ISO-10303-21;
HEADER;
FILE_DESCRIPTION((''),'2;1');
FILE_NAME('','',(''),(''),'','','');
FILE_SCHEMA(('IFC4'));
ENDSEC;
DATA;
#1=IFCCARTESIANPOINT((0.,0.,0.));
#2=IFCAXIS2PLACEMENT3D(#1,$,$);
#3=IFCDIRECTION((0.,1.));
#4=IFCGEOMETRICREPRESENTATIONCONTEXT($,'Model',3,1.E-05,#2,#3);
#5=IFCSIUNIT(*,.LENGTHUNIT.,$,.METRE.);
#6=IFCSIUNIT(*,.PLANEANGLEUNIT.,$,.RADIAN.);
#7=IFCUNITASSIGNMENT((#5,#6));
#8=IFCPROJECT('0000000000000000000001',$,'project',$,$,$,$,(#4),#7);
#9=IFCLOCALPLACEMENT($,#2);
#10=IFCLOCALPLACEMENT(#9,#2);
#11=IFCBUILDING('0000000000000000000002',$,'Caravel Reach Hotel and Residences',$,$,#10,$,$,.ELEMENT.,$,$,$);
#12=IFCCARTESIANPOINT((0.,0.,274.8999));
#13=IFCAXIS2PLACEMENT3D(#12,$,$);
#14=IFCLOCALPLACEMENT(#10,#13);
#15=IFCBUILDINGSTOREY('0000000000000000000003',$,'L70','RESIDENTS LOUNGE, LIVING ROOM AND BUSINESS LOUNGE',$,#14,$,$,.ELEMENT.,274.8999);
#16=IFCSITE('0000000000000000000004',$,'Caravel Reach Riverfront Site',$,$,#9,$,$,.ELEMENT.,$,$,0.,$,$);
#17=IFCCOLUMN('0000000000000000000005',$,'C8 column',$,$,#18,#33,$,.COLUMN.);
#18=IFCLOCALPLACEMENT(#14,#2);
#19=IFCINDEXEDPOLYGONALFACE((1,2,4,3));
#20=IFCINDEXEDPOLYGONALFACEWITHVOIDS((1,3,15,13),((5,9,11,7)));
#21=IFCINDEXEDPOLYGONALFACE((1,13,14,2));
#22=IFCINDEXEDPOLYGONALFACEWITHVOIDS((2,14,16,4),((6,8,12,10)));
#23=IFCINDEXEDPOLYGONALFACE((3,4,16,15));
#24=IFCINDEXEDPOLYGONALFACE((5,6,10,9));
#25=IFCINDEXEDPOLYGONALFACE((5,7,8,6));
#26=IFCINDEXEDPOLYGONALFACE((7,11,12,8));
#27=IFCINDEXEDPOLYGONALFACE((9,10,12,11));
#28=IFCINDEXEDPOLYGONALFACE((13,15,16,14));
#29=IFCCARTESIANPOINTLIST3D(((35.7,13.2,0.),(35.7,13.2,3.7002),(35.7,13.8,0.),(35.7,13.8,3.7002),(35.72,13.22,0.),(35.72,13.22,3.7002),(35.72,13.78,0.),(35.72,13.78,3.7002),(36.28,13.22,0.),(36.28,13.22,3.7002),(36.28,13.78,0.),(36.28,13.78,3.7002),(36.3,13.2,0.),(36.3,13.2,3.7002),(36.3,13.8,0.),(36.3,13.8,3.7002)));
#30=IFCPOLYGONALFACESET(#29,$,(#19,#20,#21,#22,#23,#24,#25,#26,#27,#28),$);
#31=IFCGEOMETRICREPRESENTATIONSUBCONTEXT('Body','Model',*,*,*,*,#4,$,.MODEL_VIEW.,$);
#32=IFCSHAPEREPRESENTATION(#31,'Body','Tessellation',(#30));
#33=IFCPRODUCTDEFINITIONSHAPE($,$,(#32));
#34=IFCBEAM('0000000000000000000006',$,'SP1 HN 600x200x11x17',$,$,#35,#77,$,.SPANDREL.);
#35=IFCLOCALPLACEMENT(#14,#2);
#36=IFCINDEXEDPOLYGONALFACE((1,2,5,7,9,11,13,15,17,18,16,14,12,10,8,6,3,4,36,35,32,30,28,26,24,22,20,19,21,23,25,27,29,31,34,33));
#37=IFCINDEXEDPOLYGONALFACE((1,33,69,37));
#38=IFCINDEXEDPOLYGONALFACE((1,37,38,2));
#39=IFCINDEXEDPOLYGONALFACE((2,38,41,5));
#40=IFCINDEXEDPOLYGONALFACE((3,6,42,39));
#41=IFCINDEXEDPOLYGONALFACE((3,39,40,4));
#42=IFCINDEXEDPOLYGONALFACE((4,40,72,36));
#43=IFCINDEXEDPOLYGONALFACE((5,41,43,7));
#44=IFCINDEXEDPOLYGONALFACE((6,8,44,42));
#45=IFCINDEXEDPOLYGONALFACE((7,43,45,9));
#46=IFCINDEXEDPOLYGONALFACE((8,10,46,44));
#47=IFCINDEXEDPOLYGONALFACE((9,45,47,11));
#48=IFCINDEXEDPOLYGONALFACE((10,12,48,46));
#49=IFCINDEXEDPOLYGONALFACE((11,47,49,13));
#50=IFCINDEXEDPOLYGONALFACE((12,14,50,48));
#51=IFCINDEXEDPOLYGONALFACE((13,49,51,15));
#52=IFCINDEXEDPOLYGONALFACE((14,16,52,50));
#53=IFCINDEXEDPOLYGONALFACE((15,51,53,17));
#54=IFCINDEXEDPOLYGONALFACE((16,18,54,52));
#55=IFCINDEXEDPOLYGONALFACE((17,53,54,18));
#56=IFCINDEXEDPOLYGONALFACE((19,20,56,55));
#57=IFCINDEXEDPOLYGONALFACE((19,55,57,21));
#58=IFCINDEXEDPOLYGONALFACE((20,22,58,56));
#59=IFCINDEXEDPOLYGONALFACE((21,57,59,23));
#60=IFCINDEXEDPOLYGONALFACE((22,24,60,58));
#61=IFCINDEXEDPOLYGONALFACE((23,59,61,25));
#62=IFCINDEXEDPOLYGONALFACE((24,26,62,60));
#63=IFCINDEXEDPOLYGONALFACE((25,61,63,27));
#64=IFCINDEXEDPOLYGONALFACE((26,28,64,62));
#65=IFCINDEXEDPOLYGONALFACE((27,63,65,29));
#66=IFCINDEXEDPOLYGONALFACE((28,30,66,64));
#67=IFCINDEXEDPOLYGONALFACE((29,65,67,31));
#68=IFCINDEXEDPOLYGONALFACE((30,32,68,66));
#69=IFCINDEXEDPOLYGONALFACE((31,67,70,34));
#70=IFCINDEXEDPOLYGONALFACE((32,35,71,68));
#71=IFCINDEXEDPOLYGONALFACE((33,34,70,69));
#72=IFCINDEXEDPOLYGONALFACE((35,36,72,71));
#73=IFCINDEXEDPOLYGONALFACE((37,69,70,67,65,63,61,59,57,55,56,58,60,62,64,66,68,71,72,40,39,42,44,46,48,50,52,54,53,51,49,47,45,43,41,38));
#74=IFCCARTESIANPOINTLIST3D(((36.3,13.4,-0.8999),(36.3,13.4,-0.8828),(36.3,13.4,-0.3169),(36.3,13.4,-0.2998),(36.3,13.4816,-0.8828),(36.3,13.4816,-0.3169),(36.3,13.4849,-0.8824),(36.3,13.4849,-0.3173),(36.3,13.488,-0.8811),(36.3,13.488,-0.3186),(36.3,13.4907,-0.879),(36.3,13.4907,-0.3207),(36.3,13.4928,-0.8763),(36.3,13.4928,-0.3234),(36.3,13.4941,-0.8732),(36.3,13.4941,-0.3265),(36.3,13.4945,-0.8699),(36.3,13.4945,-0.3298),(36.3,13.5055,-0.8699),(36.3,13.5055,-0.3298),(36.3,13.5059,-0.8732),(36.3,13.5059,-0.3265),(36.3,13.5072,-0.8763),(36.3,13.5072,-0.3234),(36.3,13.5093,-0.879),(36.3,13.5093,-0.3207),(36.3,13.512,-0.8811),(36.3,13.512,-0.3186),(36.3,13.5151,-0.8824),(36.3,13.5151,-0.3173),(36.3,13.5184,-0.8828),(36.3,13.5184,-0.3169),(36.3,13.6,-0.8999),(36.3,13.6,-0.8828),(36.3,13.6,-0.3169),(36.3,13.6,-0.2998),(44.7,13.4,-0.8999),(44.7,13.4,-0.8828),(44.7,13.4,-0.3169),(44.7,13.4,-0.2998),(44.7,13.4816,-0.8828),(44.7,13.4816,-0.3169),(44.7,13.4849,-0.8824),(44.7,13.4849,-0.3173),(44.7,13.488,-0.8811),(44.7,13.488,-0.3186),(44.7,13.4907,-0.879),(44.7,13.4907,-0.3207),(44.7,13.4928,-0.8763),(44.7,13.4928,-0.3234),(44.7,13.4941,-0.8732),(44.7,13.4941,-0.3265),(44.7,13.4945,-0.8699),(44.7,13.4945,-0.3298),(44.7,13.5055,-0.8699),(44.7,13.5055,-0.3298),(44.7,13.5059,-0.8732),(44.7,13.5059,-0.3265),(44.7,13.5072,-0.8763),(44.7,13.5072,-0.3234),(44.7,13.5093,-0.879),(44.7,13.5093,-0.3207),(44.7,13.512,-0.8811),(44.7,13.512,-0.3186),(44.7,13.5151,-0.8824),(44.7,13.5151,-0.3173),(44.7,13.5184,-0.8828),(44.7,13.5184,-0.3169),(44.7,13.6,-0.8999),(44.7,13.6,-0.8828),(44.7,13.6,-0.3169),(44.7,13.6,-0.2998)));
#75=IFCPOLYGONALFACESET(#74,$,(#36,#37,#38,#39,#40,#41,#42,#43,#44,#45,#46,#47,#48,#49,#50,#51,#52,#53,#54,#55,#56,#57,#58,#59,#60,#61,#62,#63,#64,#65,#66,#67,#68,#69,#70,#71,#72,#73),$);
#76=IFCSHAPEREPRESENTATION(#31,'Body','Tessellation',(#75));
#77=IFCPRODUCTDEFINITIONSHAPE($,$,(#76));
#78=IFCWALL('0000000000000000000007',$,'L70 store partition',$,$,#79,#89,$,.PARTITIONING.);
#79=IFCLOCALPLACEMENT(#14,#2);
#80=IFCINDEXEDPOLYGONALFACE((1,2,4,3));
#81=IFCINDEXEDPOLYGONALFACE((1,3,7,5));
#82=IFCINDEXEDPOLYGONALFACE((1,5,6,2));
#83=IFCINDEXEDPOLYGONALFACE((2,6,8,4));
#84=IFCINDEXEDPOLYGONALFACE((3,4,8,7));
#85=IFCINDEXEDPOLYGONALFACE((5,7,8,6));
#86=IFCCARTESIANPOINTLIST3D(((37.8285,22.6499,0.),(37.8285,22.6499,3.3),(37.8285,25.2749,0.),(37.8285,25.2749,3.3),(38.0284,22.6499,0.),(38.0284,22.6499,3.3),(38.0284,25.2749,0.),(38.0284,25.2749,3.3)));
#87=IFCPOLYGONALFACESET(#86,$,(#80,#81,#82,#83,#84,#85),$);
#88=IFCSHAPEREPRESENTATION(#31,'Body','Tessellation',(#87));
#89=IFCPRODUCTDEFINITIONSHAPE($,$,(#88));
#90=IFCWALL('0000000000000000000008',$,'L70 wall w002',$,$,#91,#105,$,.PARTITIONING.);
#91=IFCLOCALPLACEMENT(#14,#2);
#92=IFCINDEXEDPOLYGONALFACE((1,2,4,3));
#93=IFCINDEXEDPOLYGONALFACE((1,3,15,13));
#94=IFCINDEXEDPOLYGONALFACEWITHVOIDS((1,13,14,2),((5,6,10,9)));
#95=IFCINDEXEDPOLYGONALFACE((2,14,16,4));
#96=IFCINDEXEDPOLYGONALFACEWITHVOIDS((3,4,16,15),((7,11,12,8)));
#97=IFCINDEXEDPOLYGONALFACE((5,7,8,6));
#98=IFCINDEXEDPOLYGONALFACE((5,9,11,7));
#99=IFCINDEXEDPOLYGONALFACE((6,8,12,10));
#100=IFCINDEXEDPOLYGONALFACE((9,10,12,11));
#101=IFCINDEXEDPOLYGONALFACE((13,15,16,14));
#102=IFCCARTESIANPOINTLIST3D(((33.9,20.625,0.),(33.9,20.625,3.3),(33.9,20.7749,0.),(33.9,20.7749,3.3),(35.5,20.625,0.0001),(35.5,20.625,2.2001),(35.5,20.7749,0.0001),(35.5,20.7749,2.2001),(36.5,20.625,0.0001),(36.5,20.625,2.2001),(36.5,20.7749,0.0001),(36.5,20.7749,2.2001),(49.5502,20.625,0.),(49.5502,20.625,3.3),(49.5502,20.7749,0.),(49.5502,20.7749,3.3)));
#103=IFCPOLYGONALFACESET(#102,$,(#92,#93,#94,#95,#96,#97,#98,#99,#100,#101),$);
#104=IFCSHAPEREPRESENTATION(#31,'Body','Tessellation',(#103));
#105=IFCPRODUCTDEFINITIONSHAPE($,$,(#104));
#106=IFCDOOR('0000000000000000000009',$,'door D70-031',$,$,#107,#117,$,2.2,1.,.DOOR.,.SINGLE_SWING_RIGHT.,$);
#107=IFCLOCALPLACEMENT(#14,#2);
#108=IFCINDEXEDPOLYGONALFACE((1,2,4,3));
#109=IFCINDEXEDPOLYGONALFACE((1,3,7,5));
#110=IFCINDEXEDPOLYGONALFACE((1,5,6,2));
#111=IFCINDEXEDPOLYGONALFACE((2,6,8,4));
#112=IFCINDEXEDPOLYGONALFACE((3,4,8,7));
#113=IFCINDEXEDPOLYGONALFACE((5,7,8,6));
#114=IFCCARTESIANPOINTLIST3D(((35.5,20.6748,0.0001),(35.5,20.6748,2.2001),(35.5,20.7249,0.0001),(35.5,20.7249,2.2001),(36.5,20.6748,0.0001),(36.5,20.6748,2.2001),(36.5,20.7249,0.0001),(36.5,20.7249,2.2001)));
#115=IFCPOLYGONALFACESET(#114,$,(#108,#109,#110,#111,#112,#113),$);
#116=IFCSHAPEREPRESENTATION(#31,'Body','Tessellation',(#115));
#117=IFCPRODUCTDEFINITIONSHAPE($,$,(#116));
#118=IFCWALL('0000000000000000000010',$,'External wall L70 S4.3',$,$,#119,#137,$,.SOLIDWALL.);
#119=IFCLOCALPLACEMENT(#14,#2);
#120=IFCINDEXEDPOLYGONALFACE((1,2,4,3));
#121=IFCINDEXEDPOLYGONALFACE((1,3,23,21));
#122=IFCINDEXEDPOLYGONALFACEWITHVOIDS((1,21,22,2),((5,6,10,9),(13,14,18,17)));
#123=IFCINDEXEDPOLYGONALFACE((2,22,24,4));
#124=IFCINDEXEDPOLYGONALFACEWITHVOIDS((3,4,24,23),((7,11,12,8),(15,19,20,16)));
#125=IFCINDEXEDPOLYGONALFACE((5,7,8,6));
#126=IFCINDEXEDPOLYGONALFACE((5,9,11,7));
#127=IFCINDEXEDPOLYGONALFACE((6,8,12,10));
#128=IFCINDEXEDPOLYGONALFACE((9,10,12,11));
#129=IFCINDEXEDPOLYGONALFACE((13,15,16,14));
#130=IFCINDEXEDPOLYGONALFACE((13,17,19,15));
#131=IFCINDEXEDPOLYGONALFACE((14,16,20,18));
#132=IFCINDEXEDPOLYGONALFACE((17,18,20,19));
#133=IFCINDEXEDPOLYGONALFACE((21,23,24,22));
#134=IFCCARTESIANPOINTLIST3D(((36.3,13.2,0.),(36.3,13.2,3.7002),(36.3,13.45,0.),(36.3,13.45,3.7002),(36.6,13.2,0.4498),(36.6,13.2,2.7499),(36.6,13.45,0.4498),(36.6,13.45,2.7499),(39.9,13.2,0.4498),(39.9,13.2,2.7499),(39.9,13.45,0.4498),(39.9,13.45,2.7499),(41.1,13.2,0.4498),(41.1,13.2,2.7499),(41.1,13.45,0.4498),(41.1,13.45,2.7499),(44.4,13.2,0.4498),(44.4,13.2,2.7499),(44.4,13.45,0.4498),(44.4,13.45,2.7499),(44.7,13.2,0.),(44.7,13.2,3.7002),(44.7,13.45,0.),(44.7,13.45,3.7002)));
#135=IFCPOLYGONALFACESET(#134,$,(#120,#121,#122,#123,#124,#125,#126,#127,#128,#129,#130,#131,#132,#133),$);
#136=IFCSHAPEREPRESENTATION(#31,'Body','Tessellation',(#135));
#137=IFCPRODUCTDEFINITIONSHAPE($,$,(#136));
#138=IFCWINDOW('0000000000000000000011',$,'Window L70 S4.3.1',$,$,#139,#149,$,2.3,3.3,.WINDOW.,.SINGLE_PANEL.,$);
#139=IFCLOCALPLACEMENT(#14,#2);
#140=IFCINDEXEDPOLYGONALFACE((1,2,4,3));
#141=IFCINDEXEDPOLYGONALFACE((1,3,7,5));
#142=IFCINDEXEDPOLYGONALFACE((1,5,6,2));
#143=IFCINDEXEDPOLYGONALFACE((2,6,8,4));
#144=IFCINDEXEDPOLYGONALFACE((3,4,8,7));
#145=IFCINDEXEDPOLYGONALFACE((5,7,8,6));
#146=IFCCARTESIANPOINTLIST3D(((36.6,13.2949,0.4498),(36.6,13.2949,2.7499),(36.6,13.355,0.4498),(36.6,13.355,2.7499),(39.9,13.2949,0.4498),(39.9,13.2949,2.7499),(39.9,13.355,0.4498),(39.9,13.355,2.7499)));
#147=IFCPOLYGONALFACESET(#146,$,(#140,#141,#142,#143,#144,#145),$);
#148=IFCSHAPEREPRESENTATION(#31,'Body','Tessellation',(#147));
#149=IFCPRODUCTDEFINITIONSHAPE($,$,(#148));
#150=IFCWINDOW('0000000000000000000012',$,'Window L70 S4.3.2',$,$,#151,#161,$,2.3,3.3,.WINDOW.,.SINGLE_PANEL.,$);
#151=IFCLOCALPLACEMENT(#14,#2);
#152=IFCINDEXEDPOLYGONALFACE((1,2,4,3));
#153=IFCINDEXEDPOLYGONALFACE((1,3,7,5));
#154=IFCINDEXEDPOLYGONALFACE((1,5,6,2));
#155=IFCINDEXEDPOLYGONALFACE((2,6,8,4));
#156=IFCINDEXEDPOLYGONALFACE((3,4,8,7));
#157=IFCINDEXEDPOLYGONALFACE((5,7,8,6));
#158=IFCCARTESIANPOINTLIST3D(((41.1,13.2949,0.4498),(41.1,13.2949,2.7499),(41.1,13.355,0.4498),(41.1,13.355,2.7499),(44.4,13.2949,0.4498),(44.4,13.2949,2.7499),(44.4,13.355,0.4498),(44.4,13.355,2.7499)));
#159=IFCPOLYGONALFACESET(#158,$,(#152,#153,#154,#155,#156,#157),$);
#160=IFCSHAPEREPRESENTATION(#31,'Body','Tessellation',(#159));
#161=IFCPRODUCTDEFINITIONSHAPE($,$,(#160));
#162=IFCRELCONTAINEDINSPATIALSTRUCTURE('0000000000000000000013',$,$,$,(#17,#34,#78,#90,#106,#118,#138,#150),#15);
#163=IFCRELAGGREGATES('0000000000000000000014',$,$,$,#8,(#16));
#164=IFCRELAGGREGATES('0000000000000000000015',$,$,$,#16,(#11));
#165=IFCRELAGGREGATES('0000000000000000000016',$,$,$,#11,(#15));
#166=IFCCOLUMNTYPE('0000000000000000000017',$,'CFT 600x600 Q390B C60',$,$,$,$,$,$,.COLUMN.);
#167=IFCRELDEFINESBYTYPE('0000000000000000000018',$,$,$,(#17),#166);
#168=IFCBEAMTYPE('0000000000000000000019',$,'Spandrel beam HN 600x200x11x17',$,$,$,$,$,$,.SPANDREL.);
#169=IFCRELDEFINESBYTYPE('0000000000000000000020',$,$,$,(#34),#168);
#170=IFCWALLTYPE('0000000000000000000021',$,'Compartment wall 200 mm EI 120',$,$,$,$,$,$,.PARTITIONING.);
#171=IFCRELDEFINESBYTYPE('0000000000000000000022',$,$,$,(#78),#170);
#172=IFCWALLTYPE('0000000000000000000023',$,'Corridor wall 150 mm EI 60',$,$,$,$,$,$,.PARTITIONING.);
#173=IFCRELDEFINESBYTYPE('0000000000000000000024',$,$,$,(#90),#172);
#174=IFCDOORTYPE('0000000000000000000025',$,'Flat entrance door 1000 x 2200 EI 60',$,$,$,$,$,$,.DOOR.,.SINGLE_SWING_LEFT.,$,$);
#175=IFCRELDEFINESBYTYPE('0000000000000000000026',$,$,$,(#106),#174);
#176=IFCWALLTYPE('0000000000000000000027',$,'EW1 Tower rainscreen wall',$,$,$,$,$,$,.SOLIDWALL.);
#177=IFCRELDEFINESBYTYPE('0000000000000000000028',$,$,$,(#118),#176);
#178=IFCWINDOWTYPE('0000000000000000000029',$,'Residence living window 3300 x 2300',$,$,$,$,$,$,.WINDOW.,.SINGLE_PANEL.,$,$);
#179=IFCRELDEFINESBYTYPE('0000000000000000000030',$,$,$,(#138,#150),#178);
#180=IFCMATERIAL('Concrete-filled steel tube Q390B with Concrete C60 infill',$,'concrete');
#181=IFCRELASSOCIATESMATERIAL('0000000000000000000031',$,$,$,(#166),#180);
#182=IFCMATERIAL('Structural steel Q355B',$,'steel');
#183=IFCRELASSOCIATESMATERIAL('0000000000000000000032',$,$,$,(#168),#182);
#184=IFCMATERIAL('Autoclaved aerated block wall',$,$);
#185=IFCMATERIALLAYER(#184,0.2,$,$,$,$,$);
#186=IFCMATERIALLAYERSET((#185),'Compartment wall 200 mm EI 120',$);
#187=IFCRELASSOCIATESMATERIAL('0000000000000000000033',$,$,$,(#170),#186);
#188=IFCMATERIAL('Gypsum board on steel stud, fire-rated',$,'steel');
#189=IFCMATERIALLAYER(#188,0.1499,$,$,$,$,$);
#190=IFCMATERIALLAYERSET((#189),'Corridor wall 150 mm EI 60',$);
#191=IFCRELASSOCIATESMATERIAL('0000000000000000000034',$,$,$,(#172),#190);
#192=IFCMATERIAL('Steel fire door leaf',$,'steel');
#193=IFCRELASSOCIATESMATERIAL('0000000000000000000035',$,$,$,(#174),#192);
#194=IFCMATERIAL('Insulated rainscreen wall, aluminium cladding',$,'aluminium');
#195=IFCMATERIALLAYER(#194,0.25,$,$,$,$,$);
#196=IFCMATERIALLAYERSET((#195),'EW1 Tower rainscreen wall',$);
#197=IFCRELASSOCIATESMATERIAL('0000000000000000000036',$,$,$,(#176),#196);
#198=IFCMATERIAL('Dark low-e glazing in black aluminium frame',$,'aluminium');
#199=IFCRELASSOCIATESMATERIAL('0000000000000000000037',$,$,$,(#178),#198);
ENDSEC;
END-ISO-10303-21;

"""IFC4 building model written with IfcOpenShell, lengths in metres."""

from ifc_helpers import new_model, si_unit, direction, frame, frame_2d, origin, origin_2d, place, context, subcontext, project, spatial, rectangle, hollow_rectangle, i_section, extrude, material, layer, layer_set, material_profile, profile_set, type_object, element, fill, save


model = new_model("IFC4")

# Units and contexts
model_context = context("Model", 3, precision=1e-05, world=origin(), true_north=direction((0.0, 1.0)))
body_context = subcontext(model_context, "Body", "Model", "MODEL_VIEW")
ifc_project = project(units=[si_unit("LENGTHUNIT", "METRE"), si_unit("PLANEANGLEUNIT", "RADIAN")], contexts=[model_context])

# Site, building, storey
site_placement = place(None, origin())
site = spatial("IfcSite", under=ifc_project, at=site_placement, Name="Caravel Reach Riverfront Site", CompositionType="ELEMENT", RefElevation=0.0)
building_placement = place(site_placement, origin())
building = spatial("IfcBuilding", under=site, at=building_placement, Name="Caravel Reach Hotel and Residences", CompositionType="ELEMENT")
storey_placement = place(building_placement, frame((0.0, 0.0, 274.8999)))
storey = spatial("IfcBuildingStorey", under=building, at=storey_placement, Name="L70", Description="RESIDENTS LOUNGE, LIVING ROOM AND BUSINESS LOUNGE", CompositionType="ELEMENT", Elevation=274.8999)

# Column
ifc_material_1 = material(Name="Concrete-filled steel tube Q390B with Concrete C60 infill", Category="concrete")
ifc_material_profile_1 = material_profile(ifc_material_1, hollow_rectangle(XDim=0.6001, YDim=0.6001, WallThickness=0.02, at=origin_2d()), Name="RHS 600x600x20")
ifc_profile_set_1 = profile_set([ifc_material_profile_1], Name="Concrete-filled steel tube Q390B with Concrete C60 infill")
column_type = type_object("IfcColumnType", Name="CFT 600x600 Q390B C60", PredefinedType="COLUMN", material=ifc_profile_set_1)
column_placement = place(storey_placement, frame((36.0, 13.5, 0.0), z_axis=(0.0, 0.0, 1.0), x_axis=(1.0, 0.0, 0.0)))
element("IfcColumn", 1, at=column_placement, inside=storey, type_object=column_type, Name="C8 column", PredefinedType="COLUMN", context=body_context, shape_type="SweptSolid", body=[
    extrude(hollow_rectangle(XDim=0.6001, YDim=0.6001, WallThickness=0.02, at=origin_2d()), origin(), (0.0, 0.0, 1.0), 3.7002),
])

# Beam
ifc_material_2 = material(Name="Structural steel Q355B", Category="steel")
ifc_material_profile_2 = material_profile(ifc_material_2, i_section(OverallWidth=0.2, OverallDepth=0.6001, WebThickness=0.011, FlangeThickness=0.0171, FilletRadius=0.0129, at=origin_2d()), Name="HN 600x200x11x17")
ifc_profile_set_2 = profile_set([ifc_material_profile_2], Name="Structural steel Q355B")
beam_type = type_object("IfcBeamType", Name="Spandrel beam HN 600x200x11x17", PredefinedType="SPANDREL", material=ifc_profile_set_2)
beam_placement = place(storey_placement, frame((36.3, 13.5, -0.5999), z_axis=(1.0, 0.0, 0.0), x_axis=(0.0, 1.0, 0.0)))
element("IfcBeam", 2, at=beam_placement, inside=storey, type_object=beam_type, Name="SP1 HN 600x200x11x17", PredefinedType="SPANDREL", context=body_context, shape_type="SweptSolid", body=[
    extrude(i_section(OverallWidth=0.2, OverallDepth=0.6001, WebThickness=0.011, FlangeThickness=0.0171, FilletRadius=0.0129, at=origin_2d()), origin(), (0.0, 0.0, 1.0), 8.3999),
])

# Wall
ifc_material_3 = material(Name="Autoclaved aerated block wall")
ifc_layer_1 = layer(ifc_material_3, 0.2)
ifc_layer_set_1 = layer_set([ifc_layer_1], Name="Compartment wall 200 mm EI 120")
wall_type_1 = type_object("IfcWallType", Name="Compartment wall 200 mm EI 120", PredefinedType="PARTITIONING", material=ifc_layer_set_1)
wall_1_placement = place(storey_placement, frame((37.9285, 22.6499, 0.0), z_axis=(0.0, 0.0, 1.0), x_axis=(0.0, 1.0, 0.0)))
element("IfcWall", 3, at=wall_1_placement, inside=storey, type_object=wall_type_1, Name="L70 store partition", PredefinedType="PARTITIONING", context=body_context, shape_type="SweptSolid", body=[
    extrude(rectangle(XDim=2.625, YDim=0.2, at=frame_2d((1.3125, 0.0))), origin(), (0.0, 0.0, 1.0), 3.3),
])

# Wall, opening, door
ifc_material_4 = material(Name="Gypsum board on steel stud, fire-rated", Category="steel")
ifc_layer_2 = layer(ifc_material_4, 0.1499)
ifc_layer_set_2 = layer_set([ifc_layer_2], Name="Corridor wall 150 mm EI 60")
wall_type_2 = type_object("IfcWallType", Name="Corridor wall 150 mm EI 60", PredefinedType="PARTITIONING", material=ifc_layer_set_2)
wall_2_placement = place(storey_placement, frame((33.8999, 20.7, 0.0), z_axis=(0.0, 0.0, 1.0), x_axis=(1.0, 0.0, 0.0)))
wall_2 = element("IfcWall", 4, at=wall_2_placement, inside=storey, type_object=wall_type_2, Name="L70 wall w002", PredefinedType="PARTITIONING", context=body_context, shape_type="SweptSolid", body=[
    extrude(rectangle(XDim=15.6501, YDim=0.1499, at=frame_2d((7.8252, 0.0))), origin(), (0.0, 0.0, 1.0), 3.3),
])
opening_1_placement = place(wall_2_placement, frame((1.6001, 0.0, 0.0)))
opening_1 = element("IfcOpeningElement", 5, at=opening_1_placement, cuts=wall_2, PredefinedType="OPENING", context=body_context, shape_type="SweptSolid", body=[
    extrude(rectangle(XDim=1.0, YDim=2.2, at=frame_2d((0.5, 1.1001))), frame((0.0, 0.085, 0.0), z_axis=(0.0, -1.0, 0.0), x_axis=(1.0, 0.0, 0.0)), (0.0, 0.0, 1.0), 0.1699),
])
ifc_material_5 = material(Name="Steel fire door leaf", Category="steel")
door_type_1 = type_object("IfcDoorType", Name="Flat entrance door 1000 x 2200 EI 60", OperationType="SINGLE_SWING_LEFT", PredefinedType="DOOR", material=ifc_material_5)
door_1_placement = place(opening_1_placement, origin())
door_1 = element("IfcDoor", 6, at=door_1_placement, inside=storey, type_object=door_type_1, Name="door D70-031", OperationType="SINGLE_SWING_RIGHT", OverallHeight=2.2, OverallWidth=1.0, PredefinedType="DOOR", context=body_context, shape_type="SweptSolid", body=[
    extrude(rectangle(XDim=1.0, YDim=2.2, at=frame_2d((0.5, 1.1001))), frame((0.0, 0.0249, 0.0), z_axis=(0.0, -1.0, 0.0), x_axis=(1.0, 0.0, 0.0)), (0.0, 0.0, 1.0), 0.05),
])
fill(opening_1, door_1)

# Wall, openings, windows
ifc_material_6 = material(Name="Insulated rainscreen wall, aluminium cladding", Category="aluminium")
ifc_layer_3 = layer(ifc_material_6, 0.25)
ifc_layer_set_3 = layer_set([ifc_layer_3], Name="EW1 Tower rainscreen wall")
wall_type_3 = type_object("IfcWallType", Name="EW1 Tower rainscreen wall", PredefinedType="SOLIDWALL", material=ifc_layer_set_3)
wall_3_placement = place(storey_placement, frame((36.3, 13.325, 0.0), z_axis=(0.0, 0.0, 1.0), x_axis=(1.0, 0.0, 0.0)))
wall_3 = element("IfcWall", 7, at=wall_3_placement, inside=storey, type_object=wall_type_3, Name="External wall L70 S4.3", PredefinedType="SOLIDWALL", context=body_context, shape_type="SweptSolid", body=[
    extrude(rectangle(XDim=8.3999, YDim=0.25, at=frame_2d((4.2, 0.0))), origin(), (0.0, 0.0, 1.0), 3.7002),
])
opening_2_placement = place(wall_3_placement, frame((0.3, 0.0, 0.45)))
opening_2 = element("IfcOpeningElement", 8, at=opening_2_placement, cuts=wall_3, PredefinedType="OPENING", context=body_context, shape_type="SweptSolid", body=[
    extrude(rectangle(XDim=3.3, YDim=2.3, at=frame_2d((1.6499, 1.1499))), frame((0.0, 0.135, 0.0), z_axis=(0.0, -1.0, 0.0), x_axis=(1.0, 0.0, 0.0)), (0.0, 0.0, 1.0), 0.27),
])
opening_3_placement = place(wall_3_placement, frame((4.8, 0.0, 0.45)))
opening_3 = element("IfcOpeningElement", 9, at=opening_3_placement, cuts=wall_3, PredefinedType="OPENING", context=body_context, shape_type="SweptSolid", body=[
    extrude(rectangle(XDim=3.3, YDim=2.3, at=frame_2d((1.6499, 1.1499))), frame((0.0, 0.135, 0.0), z_axis=(0.0, -1.0, 0.0), x_axis=(1.0, 0.0, 0.0)), (0.0, 0.0, 1.0), 0.27),
])
ifc_material_7 = material(Name="Dark low-e glazing in black aluminium frame", Category="aluminium")
window_type = type_object("IfcWindowType", Name="Residence living window 3300 x 2300", PartitioningType="SINGLE_PANEL", PredefinedType="WINDOW", material=ifc_material_7)
window_1_placement = place(opening_2_placement, origin())
window_1 = element("IfcWindow", 10, at=window_1_placement, inside=storey, type_object=window_type, Name="Window L70 S4.3.1", OverallHeight=2.3, OverallWidth=3.3, PartitioningType="SINGLE_PANEL", PredefinedType="WINDOW", context=body_context, shape_type="SweptSolid", body=[
    extrude(rectangle(XDim=3.3, YDim=2.3, at=frame_2d((1.6499, 1.1499))), frame((0.0, 0.03, 0.0), z_axis=(0.0, -1.0, 0.0), x_axis=(1.0, 0.0, 0.0)), (0.0, 0.0, 1.0), 0.0601),
])
fill(opening_2, window_1)
window_2_placement = place(opening_3_placement, origin())
window_2 = element("IfcWindow", 11, at=window_2_placement, inside=storey, type_object=window_type, Name="Window L70 S4.3.2", OverallHeight=2.3, OverallWidth=3.3, PartitioningType="SINGLE_PANEL", PredefinedType="WINDOW", context=body_context, shape_type="SweptSolid", body=[
    extrude(rectangle(XDim=3.3, YDim=2.3, at=frame_2d((1.6499, 1.1499))), frame((0.0, 0.03, 0.0), z_axis=(0.0, -1.0, 0.0), x_axis=(1.0, 0.0, 0.0)), (0.0, 0.0, 1.0), 0.0601),
])
fill(opening_3, window_2)

save(model, "model.ifc")
